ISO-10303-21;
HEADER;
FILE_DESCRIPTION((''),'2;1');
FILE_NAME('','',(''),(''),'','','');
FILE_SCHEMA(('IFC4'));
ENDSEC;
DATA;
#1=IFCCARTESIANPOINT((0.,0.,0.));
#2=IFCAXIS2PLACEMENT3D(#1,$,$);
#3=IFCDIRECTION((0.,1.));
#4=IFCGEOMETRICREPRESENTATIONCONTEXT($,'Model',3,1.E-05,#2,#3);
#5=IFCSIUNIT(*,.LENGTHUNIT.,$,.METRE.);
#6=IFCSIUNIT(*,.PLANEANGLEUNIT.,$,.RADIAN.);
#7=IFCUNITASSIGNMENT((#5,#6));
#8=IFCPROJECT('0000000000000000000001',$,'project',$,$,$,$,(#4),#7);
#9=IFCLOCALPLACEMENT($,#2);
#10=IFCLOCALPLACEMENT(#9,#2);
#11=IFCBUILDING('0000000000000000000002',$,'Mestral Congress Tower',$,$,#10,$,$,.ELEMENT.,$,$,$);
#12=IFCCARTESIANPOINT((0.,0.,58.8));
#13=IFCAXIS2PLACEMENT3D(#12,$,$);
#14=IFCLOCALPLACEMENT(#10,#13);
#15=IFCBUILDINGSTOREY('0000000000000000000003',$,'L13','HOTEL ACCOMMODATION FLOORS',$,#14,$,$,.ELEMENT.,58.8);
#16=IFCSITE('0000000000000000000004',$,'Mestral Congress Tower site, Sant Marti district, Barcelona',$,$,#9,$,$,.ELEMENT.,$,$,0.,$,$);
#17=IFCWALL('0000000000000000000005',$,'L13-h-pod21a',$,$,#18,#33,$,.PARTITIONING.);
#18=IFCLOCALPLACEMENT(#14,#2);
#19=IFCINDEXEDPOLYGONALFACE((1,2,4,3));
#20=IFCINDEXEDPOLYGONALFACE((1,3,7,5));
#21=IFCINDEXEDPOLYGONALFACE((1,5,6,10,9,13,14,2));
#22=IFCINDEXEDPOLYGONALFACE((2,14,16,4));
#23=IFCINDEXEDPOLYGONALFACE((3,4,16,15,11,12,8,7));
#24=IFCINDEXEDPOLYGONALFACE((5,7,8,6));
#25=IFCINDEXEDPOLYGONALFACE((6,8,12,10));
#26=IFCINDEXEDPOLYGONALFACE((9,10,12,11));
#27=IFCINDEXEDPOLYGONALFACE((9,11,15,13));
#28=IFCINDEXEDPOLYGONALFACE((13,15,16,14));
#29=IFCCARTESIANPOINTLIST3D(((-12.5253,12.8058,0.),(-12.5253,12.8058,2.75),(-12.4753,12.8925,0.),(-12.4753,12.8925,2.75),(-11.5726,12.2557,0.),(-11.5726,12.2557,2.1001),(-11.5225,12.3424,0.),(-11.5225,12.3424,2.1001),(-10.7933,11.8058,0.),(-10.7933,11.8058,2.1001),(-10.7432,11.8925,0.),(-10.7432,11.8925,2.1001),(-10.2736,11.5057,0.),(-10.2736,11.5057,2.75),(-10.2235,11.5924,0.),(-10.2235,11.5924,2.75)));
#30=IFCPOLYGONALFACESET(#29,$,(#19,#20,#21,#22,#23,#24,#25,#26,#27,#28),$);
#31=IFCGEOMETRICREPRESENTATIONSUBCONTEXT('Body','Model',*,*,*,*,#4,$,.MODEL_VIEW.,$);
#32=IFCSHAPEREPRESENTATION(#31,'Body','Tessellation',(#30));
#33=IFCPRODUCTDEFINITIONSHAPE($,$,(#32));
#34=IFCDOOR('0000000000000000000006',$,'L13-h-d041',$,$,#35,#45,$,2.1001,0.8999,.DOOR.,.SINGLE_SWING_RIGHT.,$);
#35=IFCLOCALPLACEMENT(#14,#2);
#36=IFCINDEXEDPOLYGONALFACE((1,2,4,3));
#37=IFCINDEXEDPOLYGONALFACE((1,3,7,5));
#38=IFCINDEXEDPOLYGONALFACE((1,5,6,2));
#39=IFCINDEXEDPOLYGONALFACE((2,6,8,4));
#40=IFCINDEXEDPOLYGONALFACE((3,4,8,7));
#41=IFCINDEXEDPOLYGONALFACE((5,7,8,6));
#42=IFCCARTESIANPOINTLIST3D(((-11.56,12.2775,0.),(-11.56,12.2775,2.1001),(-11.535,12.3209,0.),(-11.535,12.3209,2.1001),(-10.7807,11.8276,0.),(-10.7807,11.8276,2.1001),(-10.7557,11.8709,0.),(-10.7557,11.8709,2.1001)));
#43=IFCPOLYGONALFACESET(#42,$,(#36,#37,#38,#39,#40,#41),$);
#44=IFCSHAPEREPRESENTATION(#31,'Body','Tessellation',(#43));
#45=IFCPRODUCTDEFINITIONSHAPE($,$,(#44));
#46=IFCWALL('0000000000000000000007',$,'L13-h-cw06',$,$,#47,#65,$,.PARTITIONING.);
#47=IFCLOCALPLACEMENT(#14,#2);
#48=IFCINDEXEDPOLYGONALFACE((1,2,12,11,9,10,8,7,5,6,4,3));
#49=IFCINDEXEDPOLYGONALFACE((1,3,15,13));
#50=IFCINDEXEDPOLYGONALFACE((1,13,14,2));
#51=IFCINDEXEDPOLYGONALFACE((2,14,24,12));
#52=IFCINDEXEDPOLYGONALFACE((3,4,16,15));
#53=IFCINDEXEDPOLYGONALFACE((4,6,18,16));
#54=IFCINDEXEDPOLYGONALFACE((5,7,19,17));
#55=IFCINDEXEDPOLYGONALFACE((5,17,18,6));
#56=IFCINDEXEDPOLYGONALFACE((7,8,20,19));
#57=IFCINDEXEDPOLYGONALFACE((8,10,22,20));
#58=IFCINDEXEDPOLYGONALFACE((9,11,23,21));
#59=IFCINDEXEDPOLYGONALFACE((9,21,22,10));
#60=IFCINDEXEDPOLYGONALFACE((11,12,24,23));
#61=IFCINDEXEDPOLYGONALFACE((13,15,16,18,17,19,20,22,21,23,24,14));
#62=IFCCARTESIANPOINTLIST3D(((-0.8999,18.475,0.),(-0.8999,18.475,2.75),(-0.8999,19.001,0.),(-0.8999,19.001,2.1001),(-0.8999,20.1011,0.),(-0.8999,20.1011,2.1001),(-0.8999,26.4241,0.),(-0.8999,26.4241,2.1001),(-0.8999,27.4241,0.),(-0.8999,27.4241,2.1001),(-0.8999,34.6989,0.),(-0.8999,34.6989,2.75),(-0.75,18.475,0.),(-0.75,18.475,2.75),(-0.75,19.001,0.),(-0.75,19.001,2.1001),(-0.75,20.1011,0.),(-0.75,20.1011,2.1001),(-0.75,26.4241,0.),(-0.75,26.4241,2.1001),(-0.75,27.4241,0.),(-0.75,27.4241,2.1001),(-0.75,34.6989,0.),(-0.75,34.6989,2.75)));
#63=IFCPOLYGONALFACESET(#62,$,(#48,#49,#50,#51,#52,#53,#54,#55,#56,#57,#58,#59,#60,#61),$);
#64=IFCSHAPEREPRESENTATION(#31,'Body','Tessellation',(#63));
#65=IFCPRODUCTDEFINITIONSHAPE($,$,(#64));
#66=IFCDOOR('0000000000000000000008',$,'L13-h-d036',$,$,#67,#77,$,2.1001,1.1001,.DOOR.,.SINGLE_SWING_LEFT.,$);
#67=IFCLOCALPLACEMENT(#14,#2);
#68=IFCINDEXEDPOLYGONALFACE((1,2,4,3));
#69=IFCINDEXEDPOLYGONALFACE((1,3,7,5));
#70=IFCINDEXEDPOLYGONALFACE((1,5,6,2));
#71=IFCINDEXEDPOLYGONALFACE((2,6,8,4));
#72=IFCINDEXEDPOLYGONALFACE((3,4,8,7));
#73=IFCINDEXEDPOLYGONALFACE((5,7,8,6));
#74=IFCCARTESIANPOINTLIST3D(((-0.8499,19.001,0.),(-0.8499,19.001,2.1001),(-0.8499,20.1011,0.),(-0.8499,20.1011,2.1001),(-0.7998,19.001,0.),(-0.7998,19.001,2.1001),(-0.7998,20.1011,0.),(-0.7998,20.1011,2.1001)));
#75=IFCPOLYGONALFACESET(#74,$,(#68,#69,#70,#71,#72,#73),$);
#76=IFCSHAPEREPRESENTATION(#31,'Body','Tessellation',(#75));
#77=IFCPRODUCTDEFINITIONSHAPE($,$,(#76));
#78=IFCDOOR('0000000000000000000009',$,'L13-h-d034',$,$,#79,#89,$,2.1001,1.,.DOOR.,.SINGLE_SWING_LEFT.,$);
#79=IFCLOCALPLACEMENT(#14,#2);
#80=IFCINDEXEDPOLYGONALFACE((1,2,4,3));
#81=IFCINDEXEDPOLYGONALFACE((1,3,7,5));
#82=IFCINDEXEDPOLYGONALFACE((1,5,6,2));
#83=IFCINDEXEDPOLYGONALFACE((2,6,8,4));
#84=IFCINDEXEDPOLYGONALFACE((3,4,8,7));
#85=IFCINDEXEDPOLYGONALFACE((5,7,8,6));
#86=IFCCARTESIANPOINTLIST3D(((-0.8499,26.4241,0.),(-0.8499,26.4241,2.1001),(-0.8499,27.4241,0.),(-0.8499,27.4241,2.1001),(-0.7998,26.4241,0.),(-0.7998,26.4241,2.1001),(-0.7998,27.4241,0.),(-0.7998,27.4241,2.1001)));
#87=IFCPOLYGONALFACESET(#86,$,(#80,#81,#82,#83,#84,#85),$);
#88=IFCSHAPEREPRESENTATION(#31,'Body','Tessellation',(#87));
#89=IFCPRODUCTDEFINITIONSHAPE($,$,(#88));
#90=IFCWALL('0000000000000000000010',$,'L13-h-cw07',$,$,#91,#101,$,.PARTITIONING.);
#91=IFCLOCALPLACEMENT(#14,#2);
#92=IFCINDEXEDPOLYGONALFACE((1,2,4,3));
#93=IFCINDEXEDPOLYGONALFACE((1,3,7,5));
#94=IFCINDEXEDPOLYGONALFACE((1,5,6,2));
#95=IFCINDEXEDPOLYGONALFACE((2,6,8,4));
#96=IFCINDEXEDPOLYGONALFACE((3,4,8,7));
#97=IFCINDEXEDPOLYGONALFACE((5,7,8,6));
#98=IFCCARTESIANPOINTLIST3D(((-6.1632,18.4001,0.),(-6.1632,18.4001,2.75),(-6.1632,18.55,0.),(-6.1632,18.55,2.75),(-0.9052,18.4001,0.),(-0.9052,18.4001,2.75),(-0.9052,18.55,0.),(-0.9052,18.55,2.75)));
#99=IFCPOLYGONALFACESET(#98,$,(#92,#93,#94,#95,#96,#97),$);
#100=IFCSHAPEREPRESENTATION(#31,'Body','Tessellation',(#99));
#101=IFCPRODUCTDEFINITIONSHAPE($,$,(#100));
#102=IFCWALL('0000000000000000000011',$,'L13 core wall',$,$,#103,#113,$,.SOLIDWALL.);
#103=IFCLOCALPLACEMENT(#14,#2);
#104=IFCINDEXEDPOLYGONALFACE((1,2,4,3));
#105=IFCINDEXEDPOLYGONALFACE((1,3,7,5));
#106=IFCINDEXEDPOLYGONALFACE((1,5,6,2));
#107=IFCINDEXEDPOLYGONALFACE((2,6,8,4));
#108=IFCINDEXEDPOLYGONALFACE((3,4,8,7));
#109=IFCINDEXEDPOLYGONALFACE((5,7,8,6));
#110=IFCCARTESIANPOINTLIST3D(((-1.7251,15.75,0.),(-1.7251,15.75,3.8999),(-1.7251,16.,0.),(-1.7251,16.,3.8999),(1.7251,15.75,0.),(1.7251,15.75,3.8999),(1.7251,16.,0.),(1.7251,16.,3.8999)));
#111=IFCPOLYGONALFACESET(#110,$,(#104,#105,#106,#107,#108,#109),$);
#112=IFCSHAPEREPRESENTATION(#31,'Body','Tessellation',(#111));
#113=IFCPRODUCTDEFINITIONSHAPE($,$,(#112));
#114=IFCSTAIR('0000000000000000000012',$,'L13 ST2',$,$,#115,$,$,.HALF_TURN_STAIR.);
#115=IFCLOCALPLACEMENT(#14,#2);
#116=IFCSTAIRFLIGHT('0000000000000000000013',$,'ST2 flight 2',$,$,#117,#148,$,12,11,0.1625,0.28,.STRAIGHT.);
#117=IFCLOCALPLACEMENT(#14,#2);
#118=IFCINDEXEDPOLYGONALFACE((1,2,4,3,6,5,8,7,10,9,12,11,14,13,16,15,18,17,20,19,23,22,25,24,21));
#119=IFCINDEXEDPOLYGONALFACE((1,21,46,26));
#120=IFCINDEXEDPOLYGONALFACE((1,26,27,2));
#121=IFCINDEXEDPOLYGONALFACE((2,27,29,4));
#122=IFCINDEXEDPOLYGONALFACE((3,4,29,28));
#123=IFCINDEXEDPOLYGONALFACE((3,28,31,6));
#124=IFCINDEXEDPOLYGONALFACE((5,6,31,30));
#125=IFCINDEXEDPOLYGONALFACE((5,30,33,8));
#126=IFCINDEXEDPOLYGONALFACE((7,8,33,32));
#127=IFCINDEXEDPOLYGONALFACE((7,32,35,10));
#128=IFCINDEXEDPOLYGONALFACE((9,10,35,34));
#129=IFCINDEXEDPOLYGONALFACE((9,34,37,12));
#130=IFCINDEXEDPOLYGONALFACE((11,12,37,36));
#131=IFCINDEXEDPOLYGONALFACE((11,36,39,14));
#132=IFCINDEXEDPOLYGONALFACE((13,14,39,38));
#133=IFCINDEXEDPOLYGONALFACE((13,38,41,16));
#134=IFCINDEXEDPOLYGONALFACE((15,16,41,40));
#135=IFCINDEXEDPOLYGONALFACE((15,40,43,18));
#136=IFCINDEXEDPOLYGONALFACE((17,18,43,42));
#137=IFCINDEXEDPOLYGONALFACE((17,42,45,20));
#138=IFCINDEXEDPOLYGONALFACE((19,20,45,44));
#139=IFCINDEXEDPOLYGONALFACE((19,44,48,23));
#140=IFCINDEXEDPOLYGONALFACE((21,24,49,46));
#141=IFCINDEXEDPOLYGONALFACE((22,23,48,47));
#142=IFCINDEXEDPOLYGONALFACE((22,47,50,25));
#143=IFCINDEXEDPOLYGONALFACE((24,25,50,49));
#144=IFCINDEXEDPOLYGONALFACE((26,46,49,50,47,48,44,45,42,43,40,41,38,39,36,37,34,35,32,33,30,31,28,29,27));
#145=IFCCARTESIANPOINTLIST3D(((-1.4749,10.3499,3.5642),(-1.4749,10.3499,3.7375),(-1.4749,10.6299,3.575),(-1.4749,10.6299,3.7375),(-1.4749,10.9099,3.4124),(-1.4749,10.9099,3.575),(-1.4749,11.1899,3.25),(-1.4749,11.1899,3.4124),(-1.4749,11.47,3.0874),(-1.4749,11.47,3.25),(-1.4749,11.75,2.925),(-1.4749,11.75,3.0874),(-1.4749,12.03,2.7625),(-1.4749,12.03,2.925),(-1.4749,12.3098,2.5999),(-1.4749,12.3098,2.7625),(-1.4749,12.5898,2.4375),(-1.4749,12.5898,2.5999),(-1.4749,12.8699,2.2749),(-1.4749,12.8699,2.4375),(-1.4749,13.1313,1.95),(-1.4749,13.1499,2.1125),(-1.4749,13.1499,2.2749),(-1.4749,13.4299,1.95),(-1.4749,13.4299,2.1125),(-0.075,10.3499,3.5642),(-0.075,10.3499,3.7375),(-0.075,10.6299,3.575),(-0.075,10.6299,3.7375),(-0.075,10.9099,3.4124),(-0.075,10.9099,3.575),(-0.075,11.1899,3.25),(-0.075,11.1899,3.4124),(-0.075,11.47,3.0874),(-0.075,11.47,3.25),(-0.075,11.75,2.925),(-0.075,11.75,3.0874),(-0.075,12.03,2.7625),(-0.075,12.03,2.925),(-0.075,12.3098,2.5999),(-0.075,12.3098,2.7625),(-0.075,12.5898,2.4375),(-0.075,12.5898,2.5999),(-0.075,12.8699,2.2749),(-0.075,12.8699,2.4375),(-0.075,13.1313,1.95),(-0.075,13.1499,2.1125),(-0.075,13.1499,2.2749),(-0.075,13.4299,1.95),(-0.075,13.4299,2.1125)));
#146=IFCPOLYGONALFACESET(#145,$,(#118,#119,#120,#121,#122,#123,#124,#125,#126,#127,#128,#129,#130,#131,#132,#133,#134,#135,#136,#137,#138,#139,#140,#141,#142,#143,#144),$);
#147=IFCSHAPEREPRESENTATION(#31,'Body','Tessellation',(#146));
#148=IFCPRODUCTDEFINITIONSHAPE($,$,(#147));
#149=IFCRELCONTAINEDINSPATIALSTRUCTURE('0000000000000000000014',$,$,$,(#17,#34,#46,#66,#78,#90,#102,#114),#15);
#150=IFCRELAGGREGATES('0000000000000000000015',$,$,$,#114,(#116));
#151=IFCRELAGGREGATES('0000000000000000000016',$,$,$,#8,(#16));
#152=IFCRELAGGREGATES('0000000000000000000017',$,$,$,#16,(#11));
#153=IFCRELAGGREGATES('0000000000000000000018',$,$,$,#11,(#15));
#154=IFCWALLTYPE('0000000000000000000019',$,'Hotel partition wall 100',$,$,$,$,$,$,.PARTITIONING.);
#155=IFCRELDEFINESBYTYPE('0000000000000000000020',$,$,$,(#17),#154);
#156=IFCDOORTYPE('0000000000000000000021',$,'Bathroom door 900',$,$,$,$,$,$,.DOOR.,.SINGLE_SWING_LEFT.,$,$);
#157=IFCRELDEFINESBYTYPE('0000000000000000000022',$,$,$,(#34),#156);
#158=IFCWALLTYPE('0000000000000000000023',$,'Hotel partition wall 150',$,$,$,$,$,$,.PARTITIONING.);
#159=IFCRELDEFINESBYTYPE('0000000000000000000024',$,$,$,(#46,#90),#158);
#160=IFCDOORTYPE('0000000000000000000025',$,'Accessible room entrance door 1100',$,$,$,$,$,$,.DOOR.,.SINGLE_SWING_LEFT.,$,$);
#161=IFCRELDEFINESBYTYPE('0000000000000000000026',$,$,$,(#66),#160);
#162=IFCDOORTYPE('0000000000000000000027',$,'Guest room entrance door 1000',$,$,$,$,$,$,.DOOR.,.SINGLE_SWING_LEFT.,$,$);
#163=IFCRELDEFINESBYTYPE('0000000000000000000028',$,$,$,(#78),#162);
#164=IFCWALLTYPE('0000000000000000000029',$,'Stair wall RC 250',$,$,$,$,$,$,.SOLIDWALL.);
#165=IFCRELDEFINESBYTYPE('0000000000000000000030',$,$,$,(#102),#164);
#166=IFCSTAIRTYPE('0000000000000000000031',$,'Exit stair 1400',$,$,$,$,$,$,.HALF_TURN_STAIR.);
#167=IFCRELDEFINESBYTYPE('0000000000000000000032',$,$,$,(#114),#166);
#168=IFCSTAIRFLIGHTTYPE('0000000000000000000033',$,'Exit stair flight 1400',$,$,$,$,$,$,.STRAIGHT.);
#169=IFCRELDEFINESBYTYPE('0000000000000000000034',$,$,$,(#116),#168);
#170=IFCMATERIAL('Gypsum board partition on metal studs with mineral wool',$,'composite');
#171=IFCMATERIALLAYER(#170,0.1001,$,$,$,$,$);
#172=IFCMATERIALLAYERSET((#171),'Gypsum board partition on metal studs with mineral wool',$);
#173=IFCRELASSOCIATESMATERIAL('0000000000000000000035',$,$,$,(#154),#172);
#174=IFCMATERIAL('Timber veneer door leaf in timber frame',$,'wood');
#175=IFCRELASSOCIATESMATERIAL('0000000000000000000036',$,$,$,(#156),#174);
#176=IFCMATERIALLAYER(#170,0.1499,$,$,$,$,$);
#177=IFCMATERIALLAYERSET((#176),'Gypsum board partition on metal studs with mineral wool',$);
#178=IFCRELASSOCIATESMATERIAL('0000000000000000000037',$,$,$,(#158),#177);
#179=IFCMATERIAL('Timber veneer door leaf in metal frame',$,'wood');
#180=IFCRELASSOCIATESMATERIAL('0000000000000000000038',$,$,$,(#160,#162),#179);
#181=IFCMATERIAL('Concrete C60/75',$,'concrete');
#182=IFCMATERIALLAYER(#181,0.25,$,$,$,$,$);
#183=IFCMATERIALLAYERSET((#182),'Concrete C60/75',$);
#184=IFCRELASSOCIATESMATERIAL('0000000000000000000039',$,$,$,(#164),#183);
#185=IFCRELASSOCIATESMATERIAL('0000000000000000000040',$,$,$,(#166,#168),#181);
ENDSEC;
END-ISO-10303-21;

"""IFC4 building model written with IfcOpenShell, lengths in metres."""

from ifc_helpers import new_model, si_unit, direction, frame, frame_2d, origin, place, context, subcontext, project, spatial, polyline, rectangle, outline, extrude, material, layer, layer_set, type_object, element, fill, aggregate, save


model = new_model("IFC4")

# Units and contexts
model_context = context("Model", 3, precision=1e-05, world=origin(), true_north=direction((0.0, 1.0)))
body_context = subcontext(model_context, "Body", "Model", "MODEL_VIEW")
ifc_project = project(units=[si_unit("LENGTHUNIT", "METRE"), si_unit("PLANEANGLEUNIT", "RADIAN")], contexts=[model_context])

# Site, building, storey
site_placement = place(None, origin())
site = spatial("IfcSite", under=ifc_project, at=site_placement, Name="Mestral Congress Tower site, Sant Marti district, Barcelona", CompositionType="ELEMENT", RefElevation=0.0)
building_placement = place(site_placement, origin())
building = spatial("IfcBuilding", under=site, at=building_placement, Name="Mestral Congress Tower", CompositionType="ELEMENT")
storey_placement = place(building_placement, frame((0.0, 0.0, 58.8)))
storey = spatial("IfcBuildingStorey", under=building, at=storey_placement, Name="L13", Description="HOTEL ACCOMMODATION FLOORS", CompositionType="ELEMENT", Elevation=58.8)

# Shared definitions
ifc_material_1 = material(Name="Concrete C60/75", Category="concrete")

# Shared definitions
ifc_material_2 = material(Name="Gypsum board partition on metal studs with mineral wool", Category="composite")
ifc_layer_1 = layer(ifc_material_2, 0.1001)
ifc_layer_set_1 = layer_set([ifc_layer_1], Name="Gypsum board partition on metal studs with mineral wool")
wall_type_1 = type_object("IfcWallType", Name="Hotel partition wall 100", PredefinedType="PARTITIONING", material=ifc_layer_set_1)
ifc_material_3 = material(Name="Timber veneer door leaf in timber frame", Category="wood")
door_type_1 = type_object("IfcDoorType", Name="Bathroom door 900", OperationType="SINGLE_SWING_LEFT", PredefinedType="DOOR", material=ifc_material_3)

# Wall, opening, door
wall_1_placement = place(storey_placement, frame((-10.2485, 11.5491, 0.0), z_axis=(0.0, 0.0, 1.0), x_axis=(-0.866021, 0.500007, 0.0)))
wall_1 = element("IfcWall", 1, at=wall_1_placement, inside=storey, type_object=wall_type_1, Name="L13-h-pod21a", PredefinedType="PARTITIONING", context=body_context, shape_type="SweptSolid", body=[
    extrude(rectangle(XDim=2.6001, YDim=0.1001, at=frame_2d((1.3, 0.0))), origin(), (0.0, 0.0, 1.0), 2.75),
])
opening_1_placement = place(wall_1_placement, frame((0.6001, 0.0, 0.0)))
opening_1 = element("IfcOpeningElement", 2, at=opening_1_placement, cuts=wall_1, PredefinedType="OPENING", context=body_context, shape_type="SweptSolid", body=[
    extrude(rectangle(XDim=0.8999, YDim=2.1001, at=frame_2d((0.45, 1.05))), frame((0.0, 0.0601, 0.0), z_axis=(0.0, -1.0, 0.0), x_axis=(1.0, 0.0, 0.0)), (0.0, 0.0, 1.0), 0.1201),
])
door_1_placement = place(opening_1_placement, origin())
door_1 = element("IfcDoor", 3, at=door_1_placement, inside=storey, type_object=door_type_1, Name="L13-h-d041", OperationType="SINGLE_SWING_RIGHT", OverallHeight=2.1001, OverallWidth=0.8999, PredefinedType="DOOR", context=body_context, shape_type="SweptSolid", body=[
    extrude(rectangle(XDim=0.8999, YDim=2.1001, at=frame_2d((0.45, 1.05))), frame((0.0, 0.0249, 0.0), z_axis=(0.0, -1.0, 0.0), x_axis=(1.0, 0.0, 0.0)), (0.0, 0.0, 1.0), 0.05),
])
fill(opening_1, door_1)

# Wall, openings, doors
ifc_layer_2 = layer(ifc_material_2, 0.1499)
ifc_layer_set_2 = layer_set([ifc_layer_2], Name="Gypsum board partition on metal studs with mineral wool")
wall_type_2 = type_object("IfcWallType", Name="Hotel partition wall 150", PredefinedType="PARTITIONING", material=ifc_layer_set_2)
wall_2_placement = place(storey_placement, frame((-0.825, 18.4751, 0.0), z_axis=(0.0, 0.0, 1.0), x_axis=(0.0, 1.0, 0.0)))
wall_2 = element("IfcWall", 4, at=wall_2_placement, inside=storey, type_object=wall_type_2, Name="L13-h-cw06", PredefinedType="PARTITIONING", context=body_context, shape_type="SweptSolid", body=[
    extrude(rectangle(XDim=16.2239, YDim=0.1499, at=frame_2d((8.1118, 0.0))), origin(), (0.0, 0.0, 1.0), 2.75),
])
opening_2_placement = place(wall_2_placement, frame((7.949, 0.0, 0.0)))
opening_2 = element("IfcOpeningElement", 5, at=opening_2_placement, cuts=wall_2, PredefinedType="OPENING", context=body_context, shape_type="SweptSolid", body=[
    extrude(rectangle(XDim=1.0, YDim=2.1001, at=frame_2d((0.5, 1.05))), frame((0.0, 0.085, 0.0), z_axis=(0.0, -1.0, 0.0), x_axis=(1.0, 0.0, 0.0)), (0.0, 0.0, 1.0), 0.1699),
])
opening_3_placement = place(wall_2_placement, frame((0.5259, 0.0, 0.0)))
opening_3 = element("IfcOpeningElement", 6, at=opening_3_placement, cuts=wall_2, PredefinedType="OPENING", context=body_context, shape_type="SweptSolid", body=[
    extrude(rectangle(XDim=1.1001, YDim=2.1001, at=frame_2d((0.55, 1.05))), frame((0.0, 0.085, 0.0), z_axis=(0.0, -1.0, 0.0), x_axis=(1.0, 0.0, 0.0)), (0.0, 0.0, 1.0), 0.1699),
])
ifc_material_4 = material(Name="Timber veneer door leaf in metal frame", Category="wood")
door_type_2 = type_object("IfcDoorType", Name="Accessible room entrance door 1100", OperationType="SINGLE_SWING_LEFT", PredefinedType="DOOR", material=ifc_material_4)
door_2_placement = place(opening_3_placement, origin())
door_2 = element("IfcDoor", 7, at=door_2_placement, inside=storey, type_object=door_type_2, Name="L13-h-d036", OperationType="SINGLE_SWING_LEFT", OverallHeight=2.1001, OverallWidth=1.1001, PredefinedType="DOOR", context=body_context, shape_type="SweptSolid", body=[
    extrude(rectangle(XDim=1.1001, YDim=2.1001, at=frame_2d((0.55, 1.05))), frame((0.0, 0.0249, 0.0), z_axis=(0.0, -1.0, 0.0), x_axis=(1.0, 0.0, 0.0)), (0.0, 0.0, 1.0), 0.05),
])
fill(opening_3, door_2)
door_type_3 = type_object("IfcDoorType", Name="Guest room entrance door 1000", OperationType="SINGLE_SWING_LEFT", PredefinedType="DOOR", material=ifc_material_4)
door_3_placement = place(opening_2_placement, origin())
door_3 = element("IfcDoor", 8, at=door_3_placement, inside=storey, type_object=door_type_3, Name="L13-h-d034", OperationType="SINGLE_SWING_LEFT", OverallHeight=2.1001, OverallWidth=1.0, PredefinedType="DOOR", context=body_context, shape_type="SweptSolid", body=[
    extrude(rectangle(XDim=1.0, YDim=2.1001, at=frame_2d((0.5, 1.05))), frame((0.0, 0.0249, 0.0), z_axis=(0.0, -1.0, 0.0), x_axis=(1.0, 0.0, 0.0)), (0.0, 0.0, 1.0), 0.05),
])
fill(opening_2, door_3)

# Walls
wall_3_placement = place(storey_placement, frame((-6.1631, 18.4751, 0.0), z_axis=(0.0, 0.0, 1.0), x_axis=(1.0, 0.0, 0.0)))
element("IfcWall", 9, at=wall_3_placement, inside=storey, type_object=wall_type_2, Name="L13-h-cw07", PredefinedType="PARTITIONING", context=body_context, shape_type="SweptSolid", body=[
    extrude(rectangle(XDim=5.2581, YDim=0.1499, at=frame_2d((2.6289, 0.0))), origin(), (0.0, 0.0, 1.0), 2.75),
])
ifc_layer_3 = layer(ifc_material_1, 0.25)
ifc_layer_set_3 = layer_set([ifc_layer_3], Name="Concrete C60/75")
wall_type_3 = type_object("IfcWallType", Name="Stair wall RC 250", PredefinedType="SOLIDWALL", material=ifc_layer_set_3)
wall_4_placement = place(storey_placement, frame((-1.7251, 15.875, 0.0), z_axis=(0.0, 0.0, 1.0), x_axis=(1.0, 0.0, 0.0)))
element("IfcWall", 10, at=wall_4_placement, inside=storey, type_object=wall_type_3, Name="L13 core wall", PredefinedType="SOLIDWALL", context=body_context, shape_type="SweptSolid", body=[
    extrude(rectangle(XDim=3.4502, YDim=0.25, at=frame_2d((1.7251, 0.0))), origin(), (0.0, 0.0, 1.0), 3.8999),
])

# Stair, stair flight
stair_type = type_object("IfcStairType", Name="Exit stair 1400", PredefinedType="HALF_TURN_STAIR", material=ifc_material_1)
stair_placement = place(storey_placement, origin())
stair = element("IfcStair", 11, at=stair_placement, inside=storey, type_object=stair_type, Name="L13 ST2", PredefinedType="HALF_TURN_STAIR")
stair_flight_type = type_object("IfcStairFlightType", Name="Exit stair flight 1400", PredefinedType="STRAIGHT", material=ifc_material_1)
stair_flight_placement = place(storey_placement, frame((-0.7749, 13.4299, 1.95), z_axis=(0.0, 0.0, 1.0), x_axis=(0.0, -1.0, 0.0)))
stair_flight = element("IfcStairFlight", 12, at=stair_flight_placement, type_object=stair_flight_type, Name="ST2 flight 2", NumberOfRisers=12, NumberOfTreads=11, PredefinedType="STRAIGHT", RiserHeight=0.1625, TreadLength=0.28, context=body_context, shape_type="SweptSolid", body=[
    extrude(outline(polyline([(0.0, 0.0), (0.0, 0.1626), (0.28, 0.1626), (0.28, 0.325), (0.5601, 0.325), (0.5601, 0.4875), (0.8401, 0.4875), (0.8401, 0.6499), (1.1201, 0.6499), (1.1201, 0.8125), (1.3999, 0.8125), (1.3999, 0.9751), (1.6799, 0.9751), (1.6799, 1.1375), (1.96, 1.1375), (1.96, 1.3), (2.24, 1.3), (2.24, 1.4624), (2.52, 1.4624), (2.52, 1.625), (2.8, 1.625), (2.8, 1.7876), (3.0801, 1.7876), (3.0801, 1.95), (3.0801, 1.6143), (0.2986, 0.0), (0.0, 0.0)])), frame((0.0, 0.7, 0.0), z_axis=(0.0, -1.0, 0.0), x_axis=(1.0, 0.0, 0.0)), (0.0, 0.0, 1.0), 1.3999),
])
aggregate(stair, [stair_flight])

save(model, "model.ifc")
